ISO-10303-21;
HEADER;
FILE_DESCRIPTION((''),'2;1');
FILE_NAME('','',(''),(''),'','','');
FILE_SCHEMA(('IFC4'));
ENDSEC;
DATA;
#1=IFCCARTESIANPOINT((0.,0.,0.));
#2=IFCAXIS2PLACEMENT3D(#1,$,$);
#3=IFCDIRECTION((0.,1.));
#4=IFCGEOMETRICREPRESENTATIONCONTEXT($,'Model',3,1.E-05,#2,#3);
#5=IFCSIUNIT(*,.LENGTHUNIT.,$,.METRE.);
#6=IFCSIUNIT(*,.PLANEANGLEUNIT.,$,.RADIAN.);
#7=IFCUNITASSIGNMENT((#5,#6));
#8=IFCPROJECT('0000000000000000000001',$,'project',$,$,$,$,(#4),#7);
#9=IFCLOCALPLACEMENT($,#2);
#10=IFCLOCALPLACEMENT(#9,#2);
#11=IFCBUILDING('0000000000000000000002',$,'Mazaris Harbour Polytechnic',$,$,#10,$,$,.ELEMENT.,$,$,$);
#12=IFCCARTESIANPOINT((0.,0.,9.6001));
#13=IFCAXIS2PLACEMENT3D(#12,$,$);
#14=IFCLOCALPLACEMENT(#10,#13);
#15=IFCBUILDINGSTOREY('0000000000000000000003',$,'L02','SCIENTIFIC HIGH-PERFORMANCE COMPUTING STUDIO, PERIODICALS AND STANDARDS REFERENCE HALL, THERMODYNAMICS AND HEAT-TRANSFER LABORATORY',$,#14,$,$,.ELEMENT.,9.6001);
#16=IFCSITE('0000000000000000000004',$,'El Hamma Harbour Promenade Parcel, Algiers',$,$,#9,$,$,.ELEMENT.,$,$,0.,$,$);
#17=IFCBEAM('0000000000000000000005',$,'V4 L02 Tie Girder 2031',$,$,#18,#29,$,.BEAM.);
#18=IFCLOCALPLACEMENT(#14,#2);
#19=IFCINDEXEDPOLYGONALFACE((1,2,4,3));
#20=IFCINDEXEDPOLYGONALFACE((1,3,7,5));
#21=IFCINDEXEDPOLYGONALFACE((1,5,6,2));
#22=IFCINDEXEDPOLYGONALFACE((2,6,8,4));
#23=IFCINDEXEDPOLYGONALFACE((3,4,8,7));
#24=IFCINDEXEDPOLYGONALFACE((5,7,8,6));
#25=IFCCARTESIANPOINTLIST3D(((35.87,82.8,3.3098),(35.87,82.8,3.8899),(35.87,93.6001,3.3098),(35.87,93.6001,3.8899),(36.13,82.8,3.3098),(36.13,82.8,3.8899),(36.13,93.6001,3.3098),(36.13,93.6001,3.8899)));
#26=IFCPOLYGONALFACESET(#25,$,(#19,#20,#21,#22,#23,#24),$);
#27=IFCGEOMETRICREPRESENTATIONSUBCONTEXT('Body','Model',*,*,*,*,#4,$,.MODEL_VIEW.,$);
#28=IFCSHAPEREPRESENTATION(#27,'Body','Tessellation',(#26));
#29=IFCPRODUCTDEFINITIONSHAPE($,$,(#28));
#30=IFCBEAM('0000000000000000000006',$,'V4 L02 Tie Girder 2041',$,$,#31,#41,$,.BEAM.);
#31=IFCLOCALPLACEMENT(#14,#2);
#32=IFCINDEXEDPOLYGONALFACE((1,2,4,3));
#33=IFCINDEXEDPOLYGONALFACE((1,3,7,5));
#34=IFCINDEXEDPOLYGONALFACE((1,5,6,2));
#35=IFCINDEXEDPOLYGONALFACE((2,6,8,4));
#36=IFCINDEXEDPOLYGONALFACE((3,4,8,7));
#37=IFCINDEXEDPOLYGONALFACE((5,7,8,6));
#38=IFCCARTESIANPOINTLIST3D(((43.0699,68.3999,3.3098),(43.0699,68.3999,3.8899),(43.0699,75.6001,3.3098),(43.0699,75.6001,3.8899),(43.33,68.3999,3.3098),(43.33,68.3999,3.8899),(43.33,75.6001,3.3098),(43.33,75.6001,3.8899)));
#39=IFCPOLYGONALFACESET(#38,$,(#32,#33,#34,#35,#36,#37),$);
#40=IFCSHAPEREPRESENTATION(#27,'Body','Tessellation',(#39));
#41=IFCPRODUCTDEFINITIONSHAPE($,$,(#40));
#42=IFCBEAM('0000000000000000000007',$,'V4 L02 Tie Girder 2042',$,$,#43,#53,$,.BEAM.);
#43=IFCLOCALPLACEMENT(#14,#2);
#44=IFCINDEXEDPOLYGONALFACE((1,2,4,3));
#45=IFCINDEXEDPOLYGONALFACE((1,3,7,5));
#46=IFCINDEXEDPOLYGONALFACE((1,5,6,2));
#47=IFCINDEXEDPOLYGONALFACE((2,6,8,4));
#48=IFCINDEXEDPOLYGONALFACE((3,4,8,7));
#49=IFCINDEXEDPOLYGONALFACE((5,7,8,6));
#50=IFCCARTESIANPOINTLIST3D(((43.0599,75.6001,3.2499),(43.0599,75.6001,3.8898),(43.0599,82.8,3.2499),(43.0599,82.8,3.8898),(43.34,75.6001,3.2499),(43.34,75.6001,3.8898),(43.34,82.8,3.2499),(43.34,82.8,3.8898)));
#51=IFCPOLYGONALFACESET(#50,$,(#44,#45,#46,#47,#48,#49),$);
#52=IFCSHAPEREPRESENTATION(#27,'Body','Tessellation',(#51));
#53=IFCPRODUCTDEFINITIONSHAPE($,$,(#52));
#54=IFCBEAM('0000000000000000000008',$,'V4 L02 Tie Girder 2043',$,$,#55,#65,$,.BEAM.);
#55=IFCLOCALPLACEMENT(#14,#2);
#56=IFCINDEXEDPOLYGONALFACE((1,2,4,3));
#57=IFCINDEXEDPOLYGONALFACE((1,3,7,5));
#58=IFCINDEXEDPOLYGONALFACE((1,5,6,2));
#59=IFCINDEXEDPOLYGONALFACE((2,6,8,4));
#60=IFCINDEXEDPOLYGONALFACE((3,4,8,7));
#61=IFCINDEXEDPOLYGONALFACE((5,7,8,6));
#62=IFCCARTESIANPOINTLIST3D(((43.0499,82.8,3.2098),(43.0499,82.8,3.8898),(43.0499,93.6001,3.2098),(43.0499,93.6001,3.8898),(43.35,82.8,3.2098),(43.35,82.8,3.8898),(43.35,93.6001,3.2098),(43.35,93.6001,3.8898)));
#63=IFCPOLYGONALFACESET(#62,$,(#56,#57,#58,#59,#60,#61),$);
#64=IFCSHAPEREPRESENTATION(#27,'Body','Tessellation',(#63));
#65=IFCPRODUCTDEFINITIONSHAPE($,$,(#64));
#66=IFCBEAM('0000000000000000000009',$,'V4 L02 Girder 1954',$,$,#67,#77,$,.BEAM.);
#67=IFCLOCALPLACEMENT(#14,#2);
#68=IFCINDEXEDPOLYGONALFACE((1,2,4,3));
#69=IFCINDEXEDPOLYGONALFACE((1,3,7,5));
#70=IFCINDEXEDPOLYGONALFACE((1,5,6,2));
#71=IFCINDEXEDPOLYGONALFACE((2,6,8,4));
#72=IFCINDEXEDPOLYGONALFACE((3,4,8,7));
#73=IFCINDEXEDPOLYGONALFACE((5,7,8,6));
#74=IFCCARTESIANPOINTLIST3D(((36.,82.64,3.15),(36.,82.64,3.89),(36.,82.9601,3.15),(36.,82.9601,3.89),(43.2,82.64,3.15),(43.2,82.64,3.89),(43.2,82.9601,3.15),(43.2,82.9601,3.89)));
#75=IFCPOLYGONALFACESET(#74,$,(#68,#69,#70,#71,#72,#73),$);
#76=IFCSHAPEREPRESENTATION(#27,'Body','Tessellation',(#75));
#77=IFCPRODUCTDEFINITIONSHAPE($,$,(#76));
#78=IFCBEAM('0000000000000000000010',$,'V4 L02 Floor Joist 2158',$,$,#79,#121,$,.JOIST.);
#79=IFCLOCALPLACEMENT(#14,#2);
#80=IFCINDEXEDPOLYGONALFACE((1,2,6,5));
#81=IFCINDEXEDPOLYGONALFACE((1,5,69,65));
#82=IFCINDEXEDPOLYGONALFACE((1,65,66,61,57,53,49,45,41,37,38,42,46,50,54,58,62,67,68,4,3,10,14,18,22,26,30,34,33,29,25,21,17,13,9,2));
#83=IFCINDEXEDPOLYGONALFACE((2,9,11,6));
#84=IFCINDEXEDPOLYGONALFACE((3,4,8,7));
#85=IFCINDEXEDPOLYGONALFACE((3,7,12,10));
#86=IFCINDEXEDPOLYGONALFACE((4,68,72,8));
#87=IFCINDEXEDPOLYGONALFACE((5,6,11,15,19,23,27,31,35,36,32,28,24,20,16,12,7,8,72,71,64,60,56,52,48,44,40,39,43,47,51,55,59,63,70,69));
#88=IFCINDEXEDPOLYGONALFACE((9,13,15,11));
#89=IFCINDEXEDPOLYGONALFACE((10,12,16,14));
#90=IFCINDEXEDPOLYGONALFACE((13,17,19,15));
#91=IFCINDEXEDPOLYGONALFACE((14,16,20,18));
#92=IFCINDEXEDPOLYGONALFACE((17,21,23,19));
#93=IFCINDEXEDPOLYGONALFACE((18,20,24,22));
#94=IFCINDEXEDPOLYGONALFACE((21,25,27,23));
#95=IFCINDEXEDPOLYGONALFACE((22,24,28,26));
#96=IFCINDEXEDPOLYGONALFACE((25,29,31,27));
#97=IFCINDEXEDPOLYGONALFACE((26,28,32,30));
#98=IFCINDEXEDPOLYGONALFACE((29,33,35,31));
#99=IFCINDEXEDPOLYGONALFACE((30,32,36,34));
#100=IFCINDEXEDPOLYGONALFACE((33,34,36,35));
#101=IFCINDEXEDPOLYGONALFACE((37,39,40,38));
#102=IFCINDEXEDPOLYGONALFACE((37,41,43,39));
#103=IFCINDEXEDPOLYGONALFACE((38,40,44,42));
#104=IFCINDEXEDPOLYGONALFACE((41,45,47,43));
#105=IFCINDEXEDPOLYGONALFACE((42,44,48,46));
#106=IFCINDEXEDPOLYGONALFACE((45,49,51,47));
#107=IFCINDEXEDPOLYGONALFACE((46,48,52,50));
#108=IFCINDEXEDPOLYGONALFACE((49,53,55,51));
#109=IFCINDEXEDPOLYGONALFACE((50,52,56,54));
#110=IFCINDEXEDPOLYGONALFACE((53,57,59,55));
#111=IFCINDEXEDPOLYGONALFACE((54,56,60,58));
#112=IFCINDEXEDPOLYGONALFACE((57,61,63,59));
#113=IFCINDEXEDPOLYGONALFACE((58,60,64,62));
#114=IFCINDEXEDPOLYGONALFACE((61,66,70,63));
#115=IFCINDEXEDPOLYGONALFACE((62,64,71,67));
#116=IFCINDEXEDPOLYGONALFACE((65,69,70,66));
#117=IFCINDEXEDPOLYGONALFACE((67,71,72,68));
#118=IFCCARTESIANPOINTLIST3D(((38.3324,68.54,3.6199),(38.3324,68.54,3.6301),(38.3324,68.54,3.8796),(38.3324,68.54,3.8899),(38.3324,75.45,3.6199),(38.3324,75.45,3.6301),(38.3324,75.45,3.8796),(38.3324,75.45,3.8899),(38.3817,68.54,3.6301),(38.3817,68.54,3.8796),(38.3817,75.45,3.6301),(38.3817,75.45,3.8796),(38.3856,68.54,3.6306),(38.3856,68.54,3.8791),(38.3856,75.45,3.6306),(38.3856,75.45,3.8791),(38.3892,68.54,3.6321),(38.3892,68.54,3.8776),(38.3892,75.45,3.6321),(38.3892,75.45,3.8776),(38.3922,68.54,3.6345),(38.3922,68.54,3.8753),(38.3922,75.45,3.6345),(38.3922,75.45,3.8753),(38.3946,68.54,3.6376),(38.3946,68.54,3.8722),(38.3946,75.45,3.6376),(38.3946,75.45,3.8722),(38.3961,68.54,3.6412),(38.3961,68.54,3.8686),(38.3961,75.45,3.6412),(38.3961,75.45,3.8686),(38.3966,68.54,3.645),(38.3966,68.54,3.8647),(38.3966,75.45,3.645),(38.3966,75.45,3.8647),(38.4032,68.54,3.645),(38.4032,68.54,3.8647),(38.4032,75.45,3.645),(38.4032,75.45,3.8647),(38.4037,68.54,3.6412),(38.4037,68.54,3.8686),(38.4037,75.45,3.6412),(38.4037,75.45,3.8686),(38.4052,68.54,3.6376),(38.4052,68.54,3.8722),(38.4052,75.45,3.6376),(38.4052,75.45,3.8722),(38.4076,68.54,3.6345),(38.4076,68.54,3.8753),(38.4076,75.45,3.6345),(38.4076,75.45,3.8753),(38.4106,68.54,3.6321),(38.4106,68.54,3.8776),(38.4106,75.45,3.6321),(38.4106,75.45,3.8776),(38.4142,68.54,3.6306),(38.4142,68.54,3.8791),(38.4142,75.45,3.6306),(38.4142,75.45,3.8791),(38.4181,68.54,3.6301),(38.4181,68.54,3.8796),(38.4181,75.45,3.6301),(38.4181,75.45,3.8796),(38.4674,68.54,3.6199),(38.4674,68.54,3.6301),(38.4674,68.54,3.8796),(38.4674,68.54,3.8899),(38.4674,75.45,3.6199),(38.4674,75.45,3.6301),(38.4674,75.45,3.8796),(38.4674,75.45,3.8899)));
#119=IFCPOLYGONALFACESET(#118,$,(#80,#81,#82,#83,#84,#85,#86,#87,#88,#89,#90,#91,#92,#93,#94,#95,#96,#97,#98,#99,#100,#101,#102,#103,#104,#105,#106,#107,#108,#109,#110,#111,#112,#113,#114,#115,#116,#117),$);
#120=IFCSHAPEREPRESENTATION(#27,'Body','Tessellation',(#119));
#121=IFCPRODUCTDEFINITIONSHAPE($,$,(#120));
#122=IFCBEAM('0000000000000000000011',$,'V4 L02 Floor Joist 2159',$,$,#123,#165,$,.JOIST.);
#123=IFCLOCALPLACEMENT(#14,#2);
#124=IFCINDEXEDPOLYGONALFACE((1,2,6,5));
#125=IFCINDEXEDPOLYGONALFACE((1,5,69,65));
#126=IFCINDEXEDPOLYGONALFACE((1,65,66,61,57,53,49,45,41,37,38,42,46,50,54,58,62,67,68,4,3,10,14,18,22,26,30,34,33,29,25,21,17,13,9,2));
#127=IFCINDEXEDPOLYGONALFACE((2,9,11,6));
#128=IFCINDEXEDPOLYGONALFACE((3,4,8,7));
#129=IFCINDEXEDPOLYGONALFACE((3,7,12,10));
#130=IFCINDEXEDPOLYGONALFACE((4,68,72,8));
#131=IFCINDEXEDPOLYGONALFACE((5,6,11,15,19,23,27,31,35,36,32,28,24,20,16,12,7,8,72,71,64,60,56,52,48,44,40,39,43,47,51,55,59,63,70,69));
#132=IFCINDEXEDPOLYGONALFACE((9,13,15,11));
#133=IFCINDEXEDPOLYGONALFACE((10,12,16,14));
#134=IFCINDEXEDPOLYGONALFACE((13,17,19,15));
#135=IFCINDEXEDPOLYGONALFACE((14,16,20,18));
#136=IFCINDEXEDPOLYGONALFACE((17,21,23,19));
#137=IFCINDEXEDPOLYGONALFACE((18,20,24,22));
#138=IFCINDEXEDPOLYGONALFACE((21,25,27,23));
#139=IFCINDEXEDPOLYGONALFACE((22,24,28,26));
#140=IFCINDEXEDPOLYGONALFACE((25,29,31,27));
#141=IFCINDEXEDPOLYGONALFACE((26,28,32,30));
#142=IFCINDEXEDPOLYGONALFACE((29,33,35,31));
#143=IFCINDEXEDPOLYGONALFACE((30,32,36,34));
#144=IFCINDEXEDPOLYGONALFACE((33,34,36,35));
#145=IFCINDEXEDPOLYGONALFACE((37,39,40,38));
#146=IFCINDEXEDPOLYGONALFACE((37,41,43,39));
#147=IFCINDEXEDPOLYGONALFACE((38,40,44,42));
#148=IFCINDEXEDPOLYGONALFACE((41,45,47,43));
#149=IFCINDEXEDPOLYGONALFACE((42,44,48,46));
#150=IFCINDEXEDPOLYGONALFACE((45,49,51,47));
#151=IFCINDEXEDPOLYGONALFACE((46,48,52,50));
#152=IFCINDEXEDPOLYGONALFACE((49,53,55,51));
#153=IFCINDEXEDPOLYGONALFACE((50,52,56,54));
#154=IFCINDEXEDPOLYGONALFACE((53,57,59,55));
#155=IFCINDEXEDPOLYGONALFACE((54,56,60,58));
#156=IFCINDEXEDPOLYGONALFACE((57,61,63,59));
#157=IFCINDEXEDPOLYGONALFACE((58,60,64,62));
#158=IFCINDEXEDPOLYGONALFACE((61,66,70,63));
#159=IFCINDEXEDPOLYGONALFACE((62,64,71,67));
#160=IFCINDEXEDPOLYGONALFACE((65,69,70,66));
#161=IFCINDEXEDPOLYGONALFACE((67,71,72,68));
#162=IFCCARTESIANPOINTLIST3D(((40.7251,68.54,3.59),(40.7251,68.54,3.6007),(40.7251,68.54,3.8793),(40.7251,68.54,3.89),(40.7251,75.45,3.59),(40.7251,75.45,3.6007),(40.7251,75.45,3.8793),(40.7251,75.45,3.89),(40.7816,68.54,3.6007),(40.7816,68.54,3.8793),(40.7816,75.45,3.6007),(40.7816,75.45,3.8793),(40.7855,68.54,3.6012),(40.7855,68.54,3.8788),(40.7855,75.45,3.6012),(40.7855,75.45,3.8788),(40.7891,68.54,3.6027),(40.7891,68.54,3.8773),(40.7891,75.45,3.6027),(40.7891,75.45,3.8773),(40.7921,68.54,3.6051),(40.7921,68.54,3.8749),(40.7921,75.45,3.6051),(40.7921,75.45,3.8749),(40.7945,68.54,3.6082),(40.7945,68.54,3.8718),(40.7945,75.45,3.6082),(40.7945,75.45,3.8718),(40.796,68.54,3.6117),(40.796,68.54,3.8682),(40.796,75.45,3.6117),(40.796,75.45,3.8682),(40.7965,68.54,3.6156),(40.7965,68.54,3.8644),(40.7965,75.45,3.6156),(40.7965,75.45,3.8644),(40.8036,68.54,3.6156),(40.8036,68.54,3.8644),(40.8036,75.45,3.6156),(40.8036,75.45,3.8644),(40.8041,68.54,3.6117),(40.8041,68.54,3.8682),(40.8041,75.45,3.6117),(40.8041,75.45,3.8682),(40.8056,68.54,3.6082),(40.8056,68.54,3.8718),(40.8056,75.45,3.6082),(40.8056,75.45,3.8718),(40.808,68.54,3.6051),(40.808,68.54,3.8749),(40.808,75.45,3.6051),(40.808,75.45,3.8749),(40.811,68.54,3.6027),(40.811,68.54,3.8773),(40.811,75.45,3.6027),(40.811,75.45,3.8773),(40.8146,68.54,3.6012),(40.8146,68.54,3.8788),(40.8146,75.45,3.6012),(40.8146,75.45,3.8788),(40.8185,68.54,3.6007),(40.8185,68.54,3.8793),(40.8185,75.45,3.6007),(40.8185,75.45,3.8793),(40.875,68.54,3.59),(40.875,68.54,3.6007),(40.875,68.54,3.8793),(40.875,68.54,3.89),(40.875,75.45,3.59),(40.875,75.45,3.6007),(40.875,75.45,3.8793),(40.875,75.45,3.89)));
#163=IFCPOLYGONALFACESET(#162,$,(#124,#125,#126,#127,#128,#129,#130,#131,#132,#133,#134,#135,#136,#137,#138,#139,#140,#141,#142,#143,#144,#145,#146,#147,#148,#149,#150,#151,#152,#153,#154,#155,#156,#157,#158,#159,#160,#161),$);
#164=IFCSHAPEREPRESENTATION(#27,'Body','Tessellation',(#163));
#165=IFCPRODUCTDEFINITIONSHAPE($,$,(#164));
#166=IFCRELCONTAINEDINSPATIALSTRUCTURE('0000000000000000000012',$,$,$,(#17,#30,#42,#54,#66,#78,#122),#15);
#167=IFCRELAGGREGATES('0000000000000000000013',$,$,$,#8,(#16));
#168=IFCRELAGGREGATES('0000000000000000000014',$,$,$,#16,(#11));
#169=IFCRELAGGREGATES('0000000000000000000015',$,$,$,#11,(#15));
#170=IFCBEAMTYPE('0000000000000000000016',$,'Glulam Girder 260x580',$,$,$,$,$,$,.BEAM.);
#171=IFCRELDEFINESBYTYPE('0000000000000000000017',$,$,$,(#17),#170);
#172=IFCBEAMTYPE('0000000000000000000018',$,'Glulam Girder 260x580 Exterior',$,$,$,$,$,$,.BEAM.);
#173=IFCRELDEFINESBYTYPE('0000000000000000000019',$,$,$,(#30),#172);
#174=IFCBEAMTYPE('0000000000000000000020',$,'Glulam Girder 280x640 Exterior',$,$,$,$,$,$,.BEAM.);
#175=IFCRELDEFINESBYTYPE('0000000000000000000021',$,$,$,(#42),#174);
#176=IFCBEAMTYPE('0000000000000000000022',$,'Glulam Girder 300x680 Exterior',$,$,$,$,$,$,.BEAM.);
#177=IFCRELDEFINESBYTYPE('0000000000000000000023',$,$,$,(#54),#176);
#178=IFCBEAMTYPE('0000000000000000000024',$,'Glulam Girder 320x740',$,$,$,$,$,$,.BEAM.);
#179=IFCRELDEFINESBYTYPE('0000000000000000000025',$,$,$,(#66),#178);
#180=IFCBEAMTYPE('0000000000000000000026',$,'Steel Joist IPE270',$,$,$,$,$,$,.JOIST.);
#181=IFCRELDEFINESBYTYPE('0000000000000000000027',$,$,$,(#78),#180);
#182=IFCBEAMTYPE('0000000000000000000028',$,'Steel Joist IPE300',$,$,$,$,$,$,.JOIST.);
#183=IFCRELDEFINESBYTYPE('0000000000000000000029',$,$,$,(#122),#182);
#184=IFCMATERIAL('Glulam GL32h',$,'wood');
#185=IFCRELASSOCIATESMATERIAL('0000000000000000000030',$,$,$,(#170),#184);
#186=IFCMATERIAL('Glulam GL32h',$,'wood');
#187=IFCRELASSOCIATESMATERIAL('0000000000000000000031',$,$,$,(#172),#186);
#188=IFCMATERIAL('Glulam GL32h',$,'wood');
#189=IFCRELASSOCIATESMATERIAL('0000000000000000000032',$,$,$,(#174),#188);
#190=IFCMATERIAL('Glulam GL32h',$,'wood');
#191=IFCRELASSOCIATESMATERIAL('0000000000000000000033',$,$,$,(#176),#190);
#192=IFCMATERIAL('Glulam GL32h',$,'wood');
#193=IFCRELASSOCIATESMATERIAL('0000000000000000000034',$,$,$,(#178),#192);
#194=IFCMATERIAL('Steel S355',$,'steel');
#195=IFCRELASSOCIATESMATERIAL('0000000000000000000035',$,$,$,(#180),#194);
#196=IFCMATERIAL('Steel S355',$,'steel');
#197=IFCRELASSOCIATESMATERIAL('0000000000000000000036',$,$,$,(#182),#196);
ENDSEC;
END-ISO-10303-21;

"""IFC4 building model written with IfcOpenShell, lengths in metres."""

from ifc_helpers import new_model, si_unit, direction, frame, origin, origin_2d, place, context, subcontext, project, spatial, rectangle, i_section, extrude, material, material_profile, profile_set, type_object, element, save


model = new_model("IFC4")

# Units and contexts
model_context = context("Model", 3, precision=1e-05, world=origin(), true_north=direction((0.0, 1.0)))
body_context = subcontext(model_context, "Body", "Model", "MODEL_VIEW")
ifc_project = project(units=[si_unit("LENGTHUNIT", "METRE"), si_unit("PLANEANGLEUNIT", "RADIAN")], contexts=[model_context])

# Site, building, storey
site_placement = place(None, origin())
site = spatial("IfcSite", under=ifc_project, at=site_placement, Name="El Hamma Harbour Promenade Parcel, Algiers", CompositionType="ELEMENT", RefElevation=0.0)
building_placement = place(site_placement, origin())
building = spatial("IfcBuilding", under=site, at=building_placement, Name="Mazaris Harbour Polytechnic", CompositionType="ELEMENT")
storey_placement = place(building_placement, frame((0.0, 0.0, 9.6001)))
storey = spatial("IfcBuildingStorey", under=building, at=storey_placement, Name="L02", Description="SCIENTIFIC HIGH-PERFORMANCE COMPUTING STUDIO, PERIODICALS AND STANDARDS REFERENCE HALL, THERMODYNAMICS AND HEAT-TRANSFER LABORATORY", CompositionType="ELEMENT", Elevation=9.6001)

# Beams
ifc_material_1 = material(Name="Glulam GL32h", Category="wood")
ifc_material_profile_1 = material_profile(ifc_material_1, rectangle(XDim=0.26, YDim=0.5801, at=origin_2d()), Name="RECT260x580")
ifc_profile_set_1 = profile_set([ifc_material_profile_1], Name="Glulam GL32h")
beam_type_1 = type_object("IfcBeamType", Name="Glulam Girder 260x580", PredefinedType="BEAM", material=ifc_profile_set_1)
beam_1_placement = place(storey_placement, frame((36.0, 82.8, 3.5999), z_axis=(0.0, 1.0, 0.0), x_axis=(-1.0, 0.0, 0.0)))
element("IfcBeam", 1, at=beam_1_placement, inside=storey, type_object=beam_type_1, Name="V4 L02 Tie Girder 2031", PredefinedType="BEAM", context=body_context, shape_type="SweptSolid", body=[
    extrude(rectangle(XDim=0.26, YDim=0.5801, at=origin_2d()), origin(), (0.0, 0.0, 1.0), 10.8),
])
ifc_material_2 = material(Name="Glulam GL32h", Category="wood")
ifc_material_profile_2 = material_profile(ifc_material_2, rectangle(XDim=0.26, YDim=0.5801, at=origin_2d()), Name="RECT260x580")
ifc_profile_set_2 = profile_set([ifc_material_profile_2], Name="Glulam GL32h")
beam_type_2 = type_object("IfcBeamType", Name="Glulam Girder 260x580 Exterior", PredefinedType="BEAM", material=ifc_profile_set_2)
beam_2_placement = place(storey_placement, frame((43.2, 68.3999, 3.5999), z_axis=(0.0, 1.0, 0.0), x_axis=(-1.0, 0.0, 0.0)))
element("IfcBeam", 2, at=beam_2_placement, inside=storey, type_object=beam_type_2, Name="V4 L02 Tie Girder 2041", PredefinedType="BEAM", context=body_context, shape_type="SweptSolid", body=[
    extrude(rectangle(XDim=0.26, YDim=0.5801, at=origin_2d()), origin(), (0.0, 0.0, 1.0), 7.2002),
])
ifc_material_3 = material(Name="Glulam GL32h", Category="wood")
ifc_material_profile_3 = material_profile(ifc_material_3, rectangle(XDim=0.28, YDim=0.6399, at=origin_2d()), Name="RECT280x640")
ifc_profile_set_3 = profile_set([ifc_material_profile_3], Name="Glulam GL32h")
beam_type_3 = type_object("IfcBeamType", Name="Glulam Girder 280x640 Exterior", PredefinedType="BEAM", material=ifc_profile_set_3)
beam_3_placement = place(storey_placement, frame((43.2, 75.6001, 3.5698), z_axis=(0.0, 1.0, 0.0), x_axis=(-1.0, 0.0, 0.0)))
element("IfcBeam", 3, at=beam_3_placement, inside=storey, type_object=beam_type_3, Name="V4 L02 Tie Girder 2042", PredefinedType="BEAM", context=body_context, shape_type="SweptSolid", body=[
    extrude(rectangle(XDim=0.28, YDim=0.6399, at=origin_2d()), origin(), (0.0, 0.0, 1.0), 7.2),
])
ifc_material_4 = material(Name="Glulam GL32h", Category="wood")
ifc_material_profile_4 = material_profile(ifc_material_4, rectangle(XDim=0.3, YDim=0.6799, at=origin_2d()), Name="RECT300x680")
ifc_profile_set_4 = profile_set([ifc_material_profile_4], Name="Glulam GL32h")
beam_type_4 = type_object("IfcBeamType", Name="Glulam Girder 300x680 Exterior", PredefinedType="BEAM", material=ifc_profile_set_4)
beam_4_placement = place(storey_placement, frame((43.2, 82.8, 3.5498), z_axis=(0.0, 1.0, 0.0), x_axis=(-1.0, 0.0, 0.0)))
element("IfcBeam", 4, at=beam_4_placement, inside=storey, type_object=beam_type_4, Name="V4 L02 Tie Girder 2043", PredefinedType="BEAM", context=body_context, shape_type="SweptSolid", body=[
    extrude(rectangle(XDim=0.3, YDim=0.6799, at=origin_2d()), origin(), (0.0, 0.0, 1.0), 10.8),
])
ifc_material_5 = material(Name="Glulam GL32h", Category="wood")
ifc_material_profile_5 = material_profile(ifc_material_5, rectangle(XDim=0.3201, YDim=0.74, at=origin_2d()), Name="RECT320x740")
ifc_profile_set_5 = profile_set([ifc_material_profile_5], Name="Glulam GL32h")
beam_type_5 = type_object("IfcBeamType", Name="Glulam Girder 320x740", PredefinedType="BEAM", material=ifc_profile_set_5)
beam_5_placement = place(storey_placement, frame((36.0, 82.8, 3.52), z_axis=(1.0, 0.0, 0.0), x_axis=(0.0, 1.0, 0.0)))
element("IfcBeam", 5, at=beam_5_placement, inside=storey, type_object=beam_type_5, Name="V4 L02 Girder 1954", PredefinedType="BEAM", context=body_context, shape_type="SweptSolid", body=[
    extrude(rectangle(XDim=0.3201, YDim=0.74, at=origin_2d()), origin(), (0.0, 0.0, 1.0), 7.2),
])
ifc_material_6 = material(Name="Steel S355", Category="steel")
ifc_material_profile_6 = material_profile(ifc_material_6, i_section(OverallWidth=0.135, OverallDepth=0.27, WebThickness=0.0066, FlangeThickness=0.0103, FilletRadius=0.0149, at=origin_2d()), Name="IPE 270")
ifc_profile_set_6 = profile_set([ifc_material_profile_6], Name="Steel S355")
beam_type_6 = type_object("IfcBeamType", Name="Steel Joist IPE270", PredefinedType="JOIST", material=ifc_profile_set_6)
beam_6_placement = place(storey_placement, frame((38.3999, 68.54, 3.7549), z_axis=(0.0, 1.0, 0.0), x_axis=(-1.0, 0.0, 0.0)))
element("IfcBeam", 6, at=beam_6_placement, inside=storey, type_object=beam_type_6, Name="V4 L02 Floor Joist 2158", PredefinedType="JOIST", context=body_context, shape_type="SweptSolid", body=[
    extrude(i_section(OverallWidth=0.135, OverallDepth=0.27, WebThickness=0.0066, FlangeThickness=0.0103, FilletRadius=0.0149, at=origin_2d()), origin(), (0.0, 0.0, 1.0), 6.9099),
])
ifc_material_7 = material(Name="Steel S355", Category="steel")
ifc_material_profile_7 = material_profile(ifc_material_7, i_section(OverallWidth=0.1499, OverallDepth=0.3, WebThickness=0.0071, FlangeThickness=0.0107, FilletRadius=0.0149, at=origin_2d()), Name="IPE 300")
ifc_profile_set_7 = profile_set([ifc_material_profile_7], Name="Steel S355")
beam_type_7 = type_object("IfcBeamType", Name="Steel Joist IPE300", PredefinedType="JOIST", material=ifc_profile_set_7)
beam_7_placement = place(storey_placement, frame((40.8, 68.54, 3.74), z_axis=(0.0, 1.0, 0.0), x_axis=(-1.0, 0.0, 0.0)))
element("IfcBeam", 7, at=beam_7_placement, inside=storey, type_object=beam_type_7, Name="V4 L02 Floor Joist 2159", PredefinedType="JOIST", context=body_context, shape_type="SweptSolid", body=[
    extrude(i_section(OverallWidth=0.1499, OverallDepth=0.3, WebThickness=0.0071, FlangeThickness=0.0107, FilletRadius=0.0149, at=origin_2d()), origin(), (0.0, 0.0, 1.0), 6.9099),
])

save(model, "model.ifc")
